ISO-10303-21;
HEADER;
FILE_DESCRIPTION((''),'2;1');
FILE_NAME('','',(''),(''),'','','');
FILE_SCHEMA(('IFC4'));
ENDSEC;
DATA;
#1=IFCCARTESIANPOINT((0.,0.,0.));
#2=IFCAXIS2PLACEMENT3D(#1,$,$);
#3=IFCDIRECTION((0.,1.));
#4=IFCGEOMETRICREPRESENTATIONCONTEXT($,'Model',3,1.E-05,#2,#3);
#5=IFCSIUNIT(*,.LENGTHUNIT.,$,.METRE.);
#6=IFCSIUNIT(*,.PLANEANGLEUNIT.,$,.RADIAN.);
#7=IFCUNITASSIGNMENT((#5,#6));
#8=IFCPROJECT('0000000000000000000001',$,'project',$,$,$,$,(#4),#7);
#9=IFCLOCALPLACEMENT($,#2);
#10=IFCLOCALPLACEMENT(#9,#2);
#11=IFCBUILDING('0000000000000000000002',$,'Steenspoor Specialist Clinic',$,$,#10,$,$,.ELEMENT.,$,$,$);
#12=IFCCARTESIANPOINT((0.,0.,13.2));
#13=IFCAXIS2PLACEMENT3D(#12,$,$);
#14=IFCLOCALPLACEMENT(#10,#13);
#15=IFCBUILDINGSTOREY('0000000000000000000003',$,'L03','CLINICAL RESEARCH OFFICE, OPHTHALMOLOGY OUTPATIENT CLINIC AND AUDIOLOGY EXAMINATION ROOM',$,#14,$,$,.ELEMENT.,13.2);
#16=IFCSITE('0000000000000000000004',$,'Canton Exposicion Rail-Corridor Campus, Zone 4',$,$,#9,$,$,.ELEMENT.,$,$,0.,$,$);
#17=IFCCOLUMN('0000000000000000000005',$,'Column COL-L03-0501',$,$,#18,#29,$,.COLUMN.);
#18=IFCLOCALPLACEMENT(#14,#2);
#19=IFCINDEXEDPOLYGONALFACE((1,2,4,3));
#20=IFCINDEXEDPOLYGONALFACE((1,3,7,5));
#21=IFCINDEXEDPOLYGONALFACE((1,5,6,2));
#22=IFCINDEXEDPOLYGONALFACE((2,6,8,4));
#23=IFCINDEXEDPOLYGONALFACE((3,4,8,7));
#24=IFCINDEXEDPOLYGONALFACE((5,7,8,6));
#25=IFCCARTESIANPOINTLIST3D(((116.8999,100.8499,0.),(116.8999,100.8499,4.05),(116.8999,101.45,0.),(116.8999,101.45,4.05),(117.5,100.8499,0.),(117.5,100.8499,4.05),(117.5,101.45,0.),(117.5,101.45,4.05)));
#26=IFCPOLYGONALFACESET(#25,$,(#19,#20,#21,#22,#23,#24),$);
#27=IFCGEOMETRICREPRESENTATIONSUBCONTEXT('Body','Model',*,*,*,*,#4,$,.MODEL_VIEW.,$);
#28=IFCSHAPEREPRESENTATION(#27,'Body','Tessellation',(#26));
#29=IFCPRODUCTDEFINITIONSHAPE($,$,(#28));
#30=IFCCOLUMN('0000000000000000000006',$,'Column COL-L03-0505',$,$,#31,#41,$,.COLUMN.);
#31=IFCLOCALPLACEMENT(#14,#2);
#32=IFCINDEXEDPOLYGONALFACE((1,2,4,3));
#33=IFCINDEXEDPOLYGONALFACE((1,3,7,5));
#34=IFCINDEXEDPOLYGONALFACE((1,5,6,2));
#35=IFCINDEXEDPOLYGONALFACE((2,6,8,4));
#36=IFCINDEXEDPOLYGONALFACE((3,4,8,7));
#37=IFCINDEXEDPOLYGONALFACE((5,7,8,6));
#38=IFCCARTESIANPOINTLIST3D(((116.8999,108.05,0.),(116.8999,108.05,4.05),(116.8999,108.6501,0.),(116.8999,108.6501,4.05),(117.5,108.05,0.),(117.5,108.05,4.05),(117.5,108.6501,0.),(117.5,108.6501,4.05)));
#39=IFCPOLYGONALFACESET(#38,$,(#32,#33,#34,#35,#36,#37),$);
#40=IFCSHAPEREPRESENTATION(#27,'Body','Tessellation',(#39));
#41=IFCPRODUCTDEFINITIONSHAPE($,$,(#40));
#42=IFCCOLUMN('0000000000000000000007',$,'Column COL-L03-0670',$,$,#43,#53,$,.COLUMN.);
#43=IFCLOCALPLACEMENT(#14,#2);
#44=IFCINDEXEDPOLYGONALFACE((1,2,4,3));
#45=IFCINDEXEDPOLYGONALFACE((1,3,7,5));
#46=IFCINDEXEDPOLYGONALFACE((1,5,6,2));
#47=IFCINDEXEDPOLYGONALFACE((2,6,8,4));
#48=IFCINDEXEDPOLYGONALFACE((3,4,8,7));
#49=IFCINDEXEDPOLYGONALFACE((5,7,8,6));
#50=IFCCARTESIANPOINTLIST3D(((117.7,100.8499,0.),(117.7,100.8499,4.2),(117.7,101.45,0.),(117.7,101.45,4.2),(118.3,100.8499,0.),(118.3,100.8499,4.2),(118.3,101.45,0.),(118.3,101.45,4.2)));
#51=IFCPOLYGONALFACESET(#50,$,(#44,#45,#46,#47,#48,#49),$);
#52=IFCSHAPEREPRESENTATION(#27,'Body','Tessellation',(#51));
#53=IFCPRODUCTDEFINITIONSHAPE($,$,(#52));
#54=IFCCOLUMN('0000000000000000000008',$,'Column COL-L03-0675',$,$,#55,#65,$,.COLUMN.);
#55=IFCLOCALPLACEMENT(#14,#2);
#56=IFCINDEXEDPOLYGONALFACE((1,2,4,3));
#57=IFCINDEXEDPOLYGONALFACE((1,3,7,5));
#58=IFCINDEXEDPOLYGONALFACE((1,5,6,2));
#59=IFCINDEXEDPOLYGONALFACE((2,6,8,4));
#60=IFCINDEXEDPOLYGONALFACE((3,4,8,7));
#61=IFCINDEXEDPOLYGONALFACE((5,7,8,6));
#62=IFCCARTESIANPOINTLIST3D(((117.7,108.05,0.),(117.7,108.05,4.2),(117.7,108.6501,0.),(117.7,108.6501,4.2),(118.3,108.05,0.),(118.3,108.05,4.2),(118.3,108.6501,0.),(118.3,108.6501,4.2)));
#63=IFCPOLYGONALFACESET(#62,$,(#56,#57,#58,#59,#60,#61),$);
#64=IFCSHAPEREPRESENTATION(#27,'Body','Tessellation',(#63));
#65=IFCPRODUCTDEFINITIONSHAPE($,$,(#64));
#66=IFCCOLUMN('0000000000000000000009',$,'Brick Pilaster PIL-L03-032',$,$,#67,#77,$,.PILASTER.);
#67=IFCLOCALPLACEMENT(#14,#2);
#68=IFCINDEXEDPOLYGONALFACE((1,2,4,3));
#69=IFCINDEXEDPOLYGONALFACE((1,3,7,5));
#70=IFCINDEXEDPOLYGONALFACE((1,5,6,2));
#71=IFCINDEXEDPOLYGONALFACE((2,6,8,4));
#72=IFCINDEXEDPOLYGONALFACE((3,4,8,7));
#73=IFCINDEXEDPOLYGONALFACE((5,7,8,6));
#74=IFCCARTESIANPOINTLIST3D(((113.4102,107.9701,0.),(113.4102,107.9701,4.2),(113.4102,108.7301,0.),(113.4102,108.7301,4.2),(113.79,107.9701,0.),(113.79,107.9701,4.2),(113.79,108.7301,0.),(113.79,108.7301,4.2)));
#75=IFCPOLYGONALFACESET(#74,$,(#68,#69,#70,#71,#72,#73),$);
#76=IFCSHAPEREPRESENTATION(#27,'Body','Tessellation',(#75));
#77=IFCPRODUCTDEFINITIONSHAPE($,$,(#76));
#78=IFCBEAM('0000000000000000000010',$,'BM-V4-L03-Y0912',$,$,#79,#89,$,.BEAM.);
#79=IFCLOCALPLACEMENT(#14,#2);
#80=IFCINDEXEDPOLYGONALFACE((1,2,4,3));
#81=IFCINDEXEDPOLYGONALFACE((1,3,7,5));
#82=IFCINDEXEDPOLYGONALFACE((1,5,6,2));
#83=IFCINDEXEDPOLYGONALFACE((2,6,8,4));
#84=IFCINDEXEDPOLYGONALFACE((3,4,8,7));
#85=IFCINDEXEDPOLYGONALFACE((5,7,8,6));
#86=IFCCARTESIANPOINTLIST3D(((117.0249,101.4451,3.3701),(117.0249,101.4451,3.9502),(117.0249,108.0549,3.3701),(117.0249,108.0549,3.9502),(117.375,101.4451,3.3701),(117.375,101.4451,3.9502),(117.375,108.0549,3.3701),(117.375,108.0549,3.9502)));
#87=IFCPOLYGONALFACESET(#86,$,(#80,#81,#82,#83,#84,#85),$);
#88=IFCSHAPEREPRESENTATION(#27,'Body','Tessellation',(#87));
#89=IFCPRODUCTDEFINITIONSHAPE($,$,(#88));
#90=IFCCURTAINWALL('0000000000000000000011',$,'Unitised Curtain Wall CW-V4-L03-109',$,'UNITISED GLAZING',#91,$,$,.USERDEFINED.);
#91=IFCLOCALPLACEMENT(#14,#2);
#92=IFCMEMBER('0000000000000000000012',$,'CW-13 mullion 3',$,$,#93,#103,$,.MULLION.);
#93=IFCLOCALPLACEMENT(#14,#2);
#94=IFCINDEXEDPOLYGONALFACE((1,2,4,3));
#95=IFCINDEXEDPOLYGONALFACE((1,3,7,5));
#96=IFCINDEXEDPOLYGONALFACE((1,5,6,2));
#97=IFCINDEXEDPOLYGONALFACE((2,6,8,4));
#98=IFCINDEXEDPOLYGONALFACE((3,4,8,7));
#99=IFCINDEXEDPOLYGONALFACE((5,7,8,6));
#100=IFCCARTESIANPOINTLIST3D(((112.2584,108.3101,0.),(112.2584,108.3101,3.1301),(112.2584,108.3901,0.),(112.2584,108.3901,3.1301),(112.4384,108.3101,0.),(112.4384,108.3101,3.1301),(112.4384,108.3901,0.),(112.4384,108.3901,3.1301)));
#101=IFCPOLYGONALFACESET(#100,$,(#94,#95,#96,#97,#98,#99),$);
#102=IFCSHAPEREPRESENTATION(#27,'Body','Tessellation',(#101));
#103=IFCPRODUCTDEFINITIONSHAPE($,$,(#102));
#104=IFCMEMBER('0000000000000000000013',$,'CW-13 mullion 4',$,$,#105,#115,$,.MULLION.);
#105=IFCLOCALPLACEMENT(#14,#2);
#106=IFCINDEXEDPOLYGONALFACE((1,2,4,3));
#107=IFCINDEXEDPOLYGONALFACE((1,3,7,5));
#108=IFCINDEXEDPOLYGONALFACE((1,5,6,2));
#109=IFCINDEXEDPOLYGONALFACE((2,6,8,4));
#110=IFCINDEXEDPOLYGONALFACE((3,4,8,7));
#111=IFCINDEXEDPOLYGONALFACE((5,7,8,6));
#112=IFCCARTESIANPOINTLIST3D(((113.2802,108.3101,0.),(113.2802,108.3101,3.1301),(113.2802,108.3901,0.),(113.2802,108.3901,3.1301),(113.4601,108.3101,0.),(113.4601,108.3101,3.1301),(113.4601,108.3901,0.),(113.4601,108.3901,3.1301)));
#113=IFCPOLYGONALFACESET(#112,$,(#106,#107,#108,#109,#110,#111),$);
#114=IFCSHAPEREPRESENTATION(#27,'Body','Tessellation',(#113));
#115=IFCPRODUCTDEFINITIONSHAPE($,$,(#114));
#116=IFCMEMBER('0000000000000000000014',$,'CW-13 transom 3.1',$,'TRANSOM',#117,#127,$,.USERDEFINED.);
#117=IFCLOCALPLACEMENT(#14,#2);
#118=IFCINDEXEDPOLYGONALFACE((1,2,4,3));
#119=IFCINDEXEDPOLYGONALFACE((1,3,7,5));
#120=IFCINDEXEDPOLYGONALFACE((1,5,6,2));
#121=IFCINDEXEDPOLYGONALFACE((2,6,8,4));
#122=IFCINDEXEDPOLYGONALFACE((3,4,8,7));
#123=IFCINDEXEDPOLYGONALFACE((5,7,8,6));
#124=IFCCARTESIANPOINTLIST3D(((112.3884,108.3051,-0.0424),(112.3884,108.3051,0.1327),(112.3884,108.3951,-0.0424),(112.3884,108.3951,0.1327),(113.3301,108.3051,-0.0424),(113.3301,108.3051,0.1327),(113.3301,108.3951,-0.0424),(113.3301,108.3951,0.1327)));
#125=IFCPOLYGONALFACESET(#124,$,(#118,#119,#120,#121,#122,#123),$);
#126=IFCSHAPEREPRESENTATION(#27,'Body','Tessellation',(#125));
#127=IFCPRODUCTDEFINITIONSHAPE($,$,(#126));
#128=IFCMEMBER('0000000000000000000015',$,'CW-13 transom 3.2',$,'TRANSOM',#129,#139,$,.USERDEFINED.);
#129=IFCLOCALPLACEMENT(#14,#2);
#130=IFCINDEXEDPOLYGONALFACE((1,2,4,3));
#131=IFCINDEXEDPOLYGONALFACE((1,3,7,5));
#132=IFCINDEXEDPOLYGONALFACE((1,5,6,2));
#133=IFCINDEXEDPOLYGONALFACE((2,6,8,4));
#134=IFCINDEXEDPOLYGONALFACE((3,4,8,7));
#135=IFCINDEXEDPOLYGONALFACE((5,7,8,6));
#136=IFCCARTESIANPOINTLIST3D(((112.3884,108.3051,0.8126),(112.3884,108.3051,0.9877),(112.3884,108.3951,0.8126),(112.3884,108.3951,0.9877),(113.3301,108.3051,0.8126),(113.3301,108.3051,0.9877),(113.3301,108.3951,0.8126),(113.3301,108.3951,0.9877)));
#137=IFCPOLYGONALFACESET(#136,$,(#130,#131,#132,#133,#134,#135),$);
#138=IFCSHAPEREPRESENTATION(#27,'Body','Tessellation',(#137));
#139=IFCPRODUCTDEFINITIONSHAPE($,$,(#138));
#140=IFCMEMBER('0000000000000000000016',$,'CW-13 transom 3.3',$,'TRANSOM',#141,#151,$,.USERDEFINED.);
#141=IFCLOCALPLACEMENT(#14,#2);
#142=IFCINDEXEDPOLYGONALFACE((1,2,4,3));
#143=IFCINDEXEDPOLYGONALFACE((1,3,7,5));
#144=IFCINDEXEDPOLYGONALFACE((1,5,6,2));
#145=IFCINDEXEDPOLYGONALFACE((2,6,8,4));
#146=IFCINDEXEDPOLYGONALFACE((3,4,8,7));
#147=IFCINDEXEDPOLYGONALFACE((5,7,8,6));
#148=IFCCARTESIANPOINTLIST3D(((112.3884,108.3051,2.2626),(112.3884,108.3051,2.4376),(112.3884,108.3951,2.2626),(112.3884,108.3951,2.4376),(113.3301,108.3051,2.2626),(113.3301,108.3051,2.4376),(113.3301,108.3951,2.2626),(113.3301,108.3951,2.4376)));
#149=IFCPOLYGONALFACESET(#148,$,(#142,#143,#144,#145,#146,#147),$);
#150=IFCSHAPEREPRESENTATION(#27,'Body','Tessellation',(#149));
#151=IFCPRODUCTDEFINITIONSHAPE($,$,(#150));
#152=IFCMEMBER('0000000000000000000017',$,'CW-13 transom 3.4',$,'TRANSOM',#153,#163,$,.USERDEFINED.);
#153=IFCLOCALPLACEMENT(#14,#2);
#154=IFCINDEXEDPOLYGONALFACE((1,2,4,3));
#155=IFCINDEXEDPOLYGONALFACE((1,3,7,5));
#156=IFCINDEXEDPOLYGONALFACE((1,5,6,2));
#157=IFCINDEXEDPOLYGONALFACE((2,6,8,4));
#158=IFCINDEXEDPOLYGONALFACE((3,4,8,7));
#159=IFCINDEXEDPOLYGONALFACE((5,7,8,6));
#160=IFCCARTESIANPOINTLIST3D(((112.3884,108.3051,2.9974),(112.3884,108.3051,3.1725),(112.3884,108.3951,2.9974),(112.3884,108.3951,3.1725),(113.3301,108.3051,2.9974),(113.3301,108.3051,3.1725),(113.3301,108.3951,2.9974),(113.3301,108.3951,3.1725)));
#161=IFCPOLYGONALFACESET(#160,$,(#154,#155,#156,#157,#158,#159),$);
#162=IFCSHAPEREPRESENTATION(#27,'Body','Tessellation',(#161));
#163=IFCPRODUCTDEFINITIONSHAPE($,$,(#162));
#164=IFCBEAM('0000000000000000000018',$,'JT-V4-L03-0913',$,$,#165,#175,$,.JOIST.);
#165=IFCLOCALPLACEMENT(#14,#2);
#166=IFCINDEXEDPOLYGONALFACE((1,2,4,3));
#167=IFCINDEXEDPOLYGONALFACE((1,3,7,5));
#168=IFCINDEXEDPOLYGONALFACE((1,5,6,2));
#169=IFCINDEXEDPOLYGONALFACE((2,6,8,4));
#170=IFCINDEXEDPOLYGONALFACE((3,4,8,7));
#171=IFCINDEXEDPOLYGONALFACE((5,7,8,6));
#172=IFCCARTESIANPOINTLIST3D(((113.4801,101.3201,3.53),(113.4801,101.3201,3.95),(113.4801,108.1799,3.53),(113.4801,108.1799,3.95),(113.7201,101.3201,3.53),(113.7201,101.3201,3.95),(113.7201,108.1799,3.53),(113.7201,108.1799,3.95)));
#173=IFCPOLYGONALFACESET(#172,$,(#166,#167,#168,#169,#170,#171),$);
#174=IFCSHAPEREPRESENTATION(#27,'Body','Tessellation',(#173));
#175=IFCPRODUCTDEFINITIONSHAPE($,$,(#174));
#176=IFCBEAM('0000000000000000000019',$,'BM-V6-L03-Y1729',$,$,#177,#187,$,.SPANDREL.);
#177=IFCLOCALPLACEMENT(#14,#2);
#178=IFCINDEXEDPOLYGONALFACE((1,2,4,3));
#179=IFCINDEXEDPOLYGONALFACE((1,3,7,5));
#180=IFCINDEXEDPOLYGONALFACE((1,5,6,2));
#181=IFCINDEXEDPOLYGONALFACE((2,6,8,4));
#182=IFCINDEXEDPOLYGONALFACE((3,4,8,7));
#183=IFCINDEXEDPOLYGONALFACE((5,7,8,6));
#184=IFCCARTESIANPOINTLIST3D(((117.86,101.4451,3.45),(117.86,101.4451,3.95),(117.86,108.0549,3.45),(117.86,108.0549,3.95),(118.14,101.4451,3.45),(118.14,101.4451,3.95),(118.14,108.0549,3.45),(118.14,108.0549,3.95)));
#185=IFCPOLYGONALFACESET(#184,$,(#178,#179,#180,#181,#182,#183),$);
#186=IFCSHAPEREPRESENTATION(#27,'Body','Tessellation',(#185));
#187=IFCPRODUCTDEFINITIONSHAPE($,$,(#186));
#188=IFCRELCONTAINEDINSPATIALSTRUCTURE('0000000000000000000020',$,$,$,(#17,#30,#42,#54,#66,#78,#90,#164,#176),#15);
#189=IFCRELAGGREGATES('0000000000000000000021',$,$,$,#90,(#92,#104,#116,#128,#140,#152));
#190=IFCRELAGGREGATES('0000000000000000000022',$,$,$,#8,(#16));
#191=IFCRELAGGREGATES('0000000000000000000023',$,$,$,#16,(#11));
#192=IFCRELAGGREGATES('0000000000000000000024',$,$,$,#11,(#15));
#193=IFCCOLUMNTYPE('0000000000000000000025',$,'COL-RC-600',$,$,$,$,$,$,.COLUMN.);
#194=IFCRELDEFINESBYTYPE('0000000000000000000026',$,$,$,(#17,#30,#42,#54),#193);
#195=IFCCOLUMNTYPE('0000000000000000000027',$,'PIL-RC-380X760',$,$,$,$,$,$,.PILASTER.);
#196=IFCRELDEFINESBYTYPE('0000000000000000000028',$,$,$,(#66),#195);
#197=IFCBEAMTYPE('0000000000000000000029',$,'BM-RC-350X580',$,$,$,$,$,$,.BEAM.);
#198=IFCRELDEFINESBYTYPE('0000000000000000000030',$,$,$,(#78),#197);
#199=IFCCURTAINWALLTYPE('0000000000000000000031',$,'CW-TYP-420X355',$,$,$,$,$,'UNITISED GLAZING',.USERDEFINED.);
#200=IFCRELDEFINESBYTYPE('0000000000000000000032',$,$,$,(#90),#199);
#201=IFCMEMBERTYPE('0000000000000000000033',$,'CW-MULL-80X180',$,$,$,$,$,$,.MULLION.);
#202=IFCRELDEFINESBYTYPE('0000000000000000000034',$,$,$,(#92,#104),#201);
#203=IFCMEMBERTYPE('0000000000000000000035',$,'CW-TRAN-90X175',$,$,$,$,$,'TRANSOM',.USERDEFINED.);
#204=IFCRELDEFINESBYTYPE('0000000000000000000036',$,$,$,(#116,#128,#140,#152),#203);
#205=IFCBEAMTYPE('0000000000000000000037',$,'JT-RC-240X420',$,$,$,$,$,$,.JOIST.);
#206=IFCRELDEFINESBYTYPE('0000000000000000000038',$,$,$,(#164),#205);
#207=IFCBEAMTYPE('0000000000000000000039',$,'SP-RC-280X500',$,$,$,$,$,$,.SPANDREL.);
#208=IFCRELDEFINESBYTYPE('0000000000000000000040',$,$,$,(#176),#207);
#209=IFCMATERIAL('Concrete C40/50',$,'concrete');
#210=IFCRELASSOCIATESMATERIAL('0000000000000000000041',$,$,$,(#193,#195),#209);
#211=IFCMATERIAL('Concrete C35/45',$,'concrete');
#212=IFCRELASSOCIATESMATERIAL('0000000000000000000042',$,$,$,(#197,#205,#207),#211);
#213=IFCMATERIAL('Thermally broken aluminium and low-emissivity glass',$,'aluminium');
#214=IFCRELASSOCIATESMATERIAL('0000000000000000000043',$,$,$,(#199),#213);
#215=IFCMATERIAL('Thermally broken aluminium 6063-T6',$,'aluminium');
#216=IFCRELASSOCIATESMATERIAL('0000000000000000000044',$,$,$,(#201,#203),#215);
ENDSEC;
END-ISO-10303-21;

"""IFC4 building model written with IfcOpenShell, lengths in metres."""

from ifc_helpers import new_model, si_unit, direction, frame, origin, origin_2d, place, context, subcontext, project, spatial, rectangle, extrude, material, material_profile, profile_set, type_object, element, aggregate, save


model = new_model("IFC4")

# Units and contexts
model_context = context("Model", 3, precision=1e-05, world=origin(), true_north=direction((0.0, 1.0)))
body_context = subcontext(model_context, "Body", "Model", "MODEL_VIEW")
ifc_project = project(units=[si_unit("LENGTHUNIT", "METRE"), si_unit("PLANEANGLEUNIT", "RADIAN")], contexts=[model_context])

# Site, building, storey
site_placement = place(None, origin())
site = spatial("IfcSite", under=ifc_project, at=site_placement, Name="Canton Exposicion Rail-Corridor Campus, Zone 4", CompositionType="ELEMENT", RefElevation=0.0)
building_placement = place(site_placement, origin())
building = spatial("IfcBuilding", under=site, at=building_placement, Name="Steenspoor Specialist Clinic", CompositionType="ELEMENT")
storey_placement = place(building_placement, frame((0.0, 0.0, 13.2)))
storey = spatial("IfcBuildingStorey", under=building, at=storey_placement, Name="L03", Description="CLINICAL RESEARCH OFFICE, OPHTHALMOLOGY OUTPATIENT CLINIC AND AUDIOLOGY EXAMINATION ROOM", CompositionType="ELEMENT", Elevation=13.2)

# Columns
ifc_material_1 = material(Name="Concrete C40/50", Category="concrete")
ifc_material_profile_1 = material_profile(ifc_material_1, rectangle(XDim=0.6001, YDim=0.6001, at=origin_2d()), Name="RC-COL-600X600")
ifc_profile_set_1 = profile_set([ifc_material_profile_1], Name="Concrete C40/50")
column_type_1 = type_object("IfcColumnType", Name="COL-RC-600", PredefinedType="COLUMN", material=ifc_profile_set_1)
for number, where, z_axis, x_axis, name in (
    (1, (117.2, 101.1499, 0.0), (0.0, 0.0, 1.0), (1.0, 0.0, 0.0), "Column COL-L03-0501"),
    (2, (117.2, 108.3501, 0.0), (0.0, 0.0, 1.0), (1.0, 0.0, 0.0), "Column COL-L03-0505"),
):
    element("IfcColumn", number, at=place(storey_placement, frame(where, z_axis=z_axis, x_axis=x_axis)), inside=storey, type_object=column_type_1, Name=name, PredefinedType="COLUMN", context=body_context, shape_type="SweptSolid", body=[
        extrude(rectangle(XDim=0.6001, YDim=0.6001, at=origin_2d()), origin(), (0.0, 0.0, 1.0), 4.05),
    ])
for number, where, z_axis, x_axis, name in (
    (3, (118.0, 101.1499, 0.0), (0.0, 0.0, 1.0), (1.0, 0.0, 0.0), "Column COL-L03-0670"),
    (4, (118.0, 108.3501, 0.0), (0.0, 0.0, 1.0), (1.0, 0.0, 0.0), "Column COL-L03-0675"),
):
    element("IfcColumn", number, at=place(storey_placement, frame(where, z_axis=z_axis, x_axis=x_axis)), inside=storey, type_object=column_type_1, Name=name, PredefinedType="COLUMN", context=body_context, shape_type="SweptSolid", body=[
        extrude(rectangle(XDim=0.6001, YDim=0.6001, at=origin_2d()), origin(), (0.0, 0.0, 1.0), 4.2),
    ])
ifc_material_profile_2 = material_profile(ifc_material_1, rectangle(XDim=0.3799, YDim=0.76, at=origin_2d()), Name="RC-PIL-380X760")
ifc_profile_set_2 = profile_set([ifc_material_profile_2], Name="Concrete C40/50")
column_type_2 = type_object("IfcColumnType", Name="PIL-RC-380X760", PredefinedType="PILASTER", material=ifc_profile_set_2)
column_placement = place(storey_placement, frame((113.6001, 108.3501, 0.0), z_axis=(0.0, 0.0, 1.0), x_axis=(1.0, 0.0, 0.0)))
element("IfcColumn", 5, at=column_placement, inside=storey, type_object=column_type_2, Name="Brick Pilaster PIL-L03-032", PredefinedType="PILASTER", context=body_context, shape_type="SweptSolid", body=[
    extrude(rectangle(XDim=0.3799, YDim=0.76, at=origin_2d()), origin(), (0.0, 0.0, 1.0), 4.2),
])

# Beam
ifc_material_2 = material(Name="Concrete C35/45", Category="concrete")
ifc_material_profile_3 = material_profile(ifc_material_2, rectangle(XDim=0.3501, YDim=0.5801, at=origin_2d()), Name="RC-BM-350X580")
ifc_profile_set_3 = profile_set([ifc_material_profile_3], Name="Concrete C35/45")
beam_type_1 = type_object("IfcBeamType", Name="BM-RC-350X580", PredefinedType="BEAM", material=ifc_profile_set_3)
beam_1_placement = place(storey_placement, frame((117.2, 101.4451, 3.6602), z_axis=(0.0, 1.0, 0.0), x_axis=(-1.0, 0.0, 0.0)))
element("IfcBeam", 6, at=beam_1_placement, inside=storey, type_object=beam_type_1, Name="BM-V4-L03-Y0912", PredefinedType="BEAM", context=body_context, shape_type="SweptSolid", body=[
    extrude(rectangle(XDim=0.3501, YDim=0.5801, at=origin_2d()), origin(), (0.0, 0.0, 1.0), 6.6099),
])

# Curtain wall, members
ifc_material_3 = material(Name="Thermally broken aluminium and low-emissivity glass", Category="aluminium")
curtain_wall_type = type_object("IfcCurtainWallType", Name="CW-TYP-420X355", ElementType="UNITISED GLAZING", PredefinedType="USERDEFINED", material=ifc_material_3)
curtain_wall_placement = place(storey_placement, origin())
curtain_wall = element("IfcCurtainWall", 7, at=curtain_wall_placement, inside=storey, type_object=curtain_wall_type, Name="Unitised Curtain Wall CW-V4-L03-109", ObjectType="UNITISED GLAZING", PredefinedType="USERDEFINED")
ifc_material_4 = material(Name="Thermally broken aluminium 6063-T6", Category="aluminium")
ifc_material_profile_4 = material_profile(ifc_material_4, rectangle(XDim=0.0801, YDim=0.1799, at=origin_2d()), Name="CWM-80X180")
ifc_profile_set_4 = profile_set([ifc_material_profile_4], Name="Thermally broken aluminium 6063-T6")
member_type_1 = type_object("IfcMemberType", Name="CW-MULL-80X180", PredefinedType="MULLION", material=ifc_profile_set_4)
member_1_placement = place(storey_placement, frame((112.3484, 108.3501, 0.0), z_axis=(0.0, 0.0, 1.0), x_axis=(0.0, 1.0, 0.0)))
member_1 = element("IfcMember", 8, at=member_1_placement, type_object=member_type_1, Name="CW-13 mullion 3", PredefinedType="MULLION", context=body_context, shape_type="SweptSolid", body=[
    extrude(rectangle(XDim=0.0801, YDim=0.1799, at=origin_2d()), origin(), (0.0, 0.0, 1.0), 3.1301),
])
member_2_placement = place(storey_placement, frame((113.3701, 108.3501, 0.0), z_axis=(0.0, 0.0, 1.0), x_axis=(0.0, 1.0, 0.0)))
member_2 = element("IfcMember", 9, at=member_2_placement, type_object=member_type_1, Name="CW-13 mullion 4", PredefinedType="MULLION", context=body_context, shape_type="SweptSolid", body=[
    extrude(rectangle(XDim=0.0801, YDim=0.1799, at=origin_2d()), origin(), (0.0, 0.0, 1.0), 3.1301),
])
ifc_material_profile_5 = material_profile(ifc_material_4, rectangle(XDim=0.0901, YDim=0.175, at=origin_2d()), Name="CWT-90X175")
ifc_profile_set_5 = profile_set([ifc_material_profile_5], Name="Thermally broken aluminium 6063-T6")
member_type_2 = type_object("IfcMemberType", Name="CW-TRAN-90X175", ElementType="TRANSOM", PredefinedType="USERDEFINED", material=ifc_profile_set_5)
member_3_placement = place(storey_placement, frame((112.3884, 108.3501, 0.0452), z_axis=(1.0, 0.0, 0.0), x_axis=(0.0, 1.0, 0.0)))
member_3 = element("IfcMember", 10, at=member_3_placement, type_object=member_type_2, Name="CW-13 transom 3.1", ObjectType="TRANSOM", PredefinedType="USERDEFINED", context=body_context, shape_type="SweptSolid", body=[
    extrude(rectangle(XDim=0.0901, YDim=0.175, at=origin_2d()), origin(), (0.0, 0.0, 1.0), 0.9417),
])
member_4_placement = place(storey_placement, frame((112.3884, 108.3501, 0.9001), z_axis=(1.0, 0.0, 0.0), x_axis=(0.0, 1.0, 0.0)))
member_4 = element("IfcMember", 11, at=member_4_placement, type_object=member_type_2, Name="CW-13 transom 3.2", ObjectType="TRANSOM", PredefinedType="USERDEFINED", context=body_context, shape_type="SweptSolid", body=[
    extrude(rectangle(XDim=0.0901, YDim=0.175, at=origin_2d()), origin(), (0.0, 0.0, 1.0), 0.9417),
])
member_5_placement = place(storey_placement, frame((112.3884, 108.3501, 2.3501), z_axis=(1.0, 0.0, 0.0), x_axis=(0.0, 1.0, 0.0)))
member_5 = element("IfcMember", 12, at=member_5_placement, type_object=member_type_2, Name="CW-13 transom 3.3", ObjectType="TRANSOM", PredefinedType="USERDEFINED", context=body_context, shape_type="SweptSolid", body=[
    extrude(rectangle(XDim=0.0901, YDim=0.175, at=origin_2d()), origin(), (0.0, 0.0, 1.0), 0.9417),
])
member_6_placement = place(storey_placement, frame((112.3884, 108.3501, 3.085), z_axis=(1.0, 0.0, 0.0), x_axis=(0.0, 1.0, 0.0)))
member_6 = element("IfcMember", 13, at=member_6_placement, type_object=member_type_2, Name="CW-13 transom 3.4", ObjectType="TRANSOM", PredefinedType="USERDEFINED", context=body_context, shape_type="SweptSolid", body=[
    extrude(rectangle(XDim=0.0901, YDim=0.175, at=origin_2d()), origin(), (0.0, 0.0, 1.0), 0.9417),
])

# Beams
ifc_material_profile_6 = material_profile(ifc_material_2, rectangle(XDim=0.24, YDim=0.4199, at=origin_2d()), Name="RC-JT-240X420")
ifc_profile_set_6 = profile_set([ifc_material_profile_6], Name="Concrete C35/45")
beam_type_2 = type_object("IfcBeamType", Name="JT-RC-240X420", PredefinedType="JOIST", material=ifc_profile_set_6)
beam_2_placement = place(storey_placement, frame((113.6001, 101.3201, 3.74), z_axis=(0.0, 1.0, 0.0), x_axis=(-1.0, 0.0, 0.0)))
element("IfcBeam", 14, at=beam_2_placement, inside=storey, type_object=beam_type_2, Name="JT-V4-L03-0913", PredefinedType="JOIST", context=body_context, shape_type="SweptSolid", body=[
    extrude(rectangle(XDim=0.24, YDim=0.4199, at=origin_2d()), origin(), (0.0, 0.0, 1.0), 6.8599),
])
ifc_material_profile_7 = material_profile(ifc_material_2, rectangle(XDim=0.28, YDim=0.5, at=origin_2d()), Name="RC-SP-280X500")
ifc_profile_set_7 = profile_set([ifc_material_profile_7], Name="Concrete C35/45")
beam_type_3 = type_object("IfcBeamType", Name="SP-RC-280X500", PredefinedType="SPANDREL", material=ifc_profile_set_7)
beam_3_placement = place(storey_placement, frame((118.0, 101.4451, 3.7), z_axis=(0.0, 1.0, 0.0), x_axis=(-1.0, 0.0, 0.0)))
element("IfcBeam", 15, at=beam_3_placement, inside=storey, type_object=beam_type_3, Name="BM-V6-L03-Y1729", PredefinedType="SPANDREL", context=body_context, shape_type="SweptSolid", body=[
    extrude(rectangle(XDim=0.28, YDim=0.5, at=origin_2d()), origin(), (0.0, 0.0, 1.0), 6.6099),
])

aggregate(curtain_wall, [member_1, member_2, member_3, member_4, member_5, member_6])

save(model, "model.ifc")
